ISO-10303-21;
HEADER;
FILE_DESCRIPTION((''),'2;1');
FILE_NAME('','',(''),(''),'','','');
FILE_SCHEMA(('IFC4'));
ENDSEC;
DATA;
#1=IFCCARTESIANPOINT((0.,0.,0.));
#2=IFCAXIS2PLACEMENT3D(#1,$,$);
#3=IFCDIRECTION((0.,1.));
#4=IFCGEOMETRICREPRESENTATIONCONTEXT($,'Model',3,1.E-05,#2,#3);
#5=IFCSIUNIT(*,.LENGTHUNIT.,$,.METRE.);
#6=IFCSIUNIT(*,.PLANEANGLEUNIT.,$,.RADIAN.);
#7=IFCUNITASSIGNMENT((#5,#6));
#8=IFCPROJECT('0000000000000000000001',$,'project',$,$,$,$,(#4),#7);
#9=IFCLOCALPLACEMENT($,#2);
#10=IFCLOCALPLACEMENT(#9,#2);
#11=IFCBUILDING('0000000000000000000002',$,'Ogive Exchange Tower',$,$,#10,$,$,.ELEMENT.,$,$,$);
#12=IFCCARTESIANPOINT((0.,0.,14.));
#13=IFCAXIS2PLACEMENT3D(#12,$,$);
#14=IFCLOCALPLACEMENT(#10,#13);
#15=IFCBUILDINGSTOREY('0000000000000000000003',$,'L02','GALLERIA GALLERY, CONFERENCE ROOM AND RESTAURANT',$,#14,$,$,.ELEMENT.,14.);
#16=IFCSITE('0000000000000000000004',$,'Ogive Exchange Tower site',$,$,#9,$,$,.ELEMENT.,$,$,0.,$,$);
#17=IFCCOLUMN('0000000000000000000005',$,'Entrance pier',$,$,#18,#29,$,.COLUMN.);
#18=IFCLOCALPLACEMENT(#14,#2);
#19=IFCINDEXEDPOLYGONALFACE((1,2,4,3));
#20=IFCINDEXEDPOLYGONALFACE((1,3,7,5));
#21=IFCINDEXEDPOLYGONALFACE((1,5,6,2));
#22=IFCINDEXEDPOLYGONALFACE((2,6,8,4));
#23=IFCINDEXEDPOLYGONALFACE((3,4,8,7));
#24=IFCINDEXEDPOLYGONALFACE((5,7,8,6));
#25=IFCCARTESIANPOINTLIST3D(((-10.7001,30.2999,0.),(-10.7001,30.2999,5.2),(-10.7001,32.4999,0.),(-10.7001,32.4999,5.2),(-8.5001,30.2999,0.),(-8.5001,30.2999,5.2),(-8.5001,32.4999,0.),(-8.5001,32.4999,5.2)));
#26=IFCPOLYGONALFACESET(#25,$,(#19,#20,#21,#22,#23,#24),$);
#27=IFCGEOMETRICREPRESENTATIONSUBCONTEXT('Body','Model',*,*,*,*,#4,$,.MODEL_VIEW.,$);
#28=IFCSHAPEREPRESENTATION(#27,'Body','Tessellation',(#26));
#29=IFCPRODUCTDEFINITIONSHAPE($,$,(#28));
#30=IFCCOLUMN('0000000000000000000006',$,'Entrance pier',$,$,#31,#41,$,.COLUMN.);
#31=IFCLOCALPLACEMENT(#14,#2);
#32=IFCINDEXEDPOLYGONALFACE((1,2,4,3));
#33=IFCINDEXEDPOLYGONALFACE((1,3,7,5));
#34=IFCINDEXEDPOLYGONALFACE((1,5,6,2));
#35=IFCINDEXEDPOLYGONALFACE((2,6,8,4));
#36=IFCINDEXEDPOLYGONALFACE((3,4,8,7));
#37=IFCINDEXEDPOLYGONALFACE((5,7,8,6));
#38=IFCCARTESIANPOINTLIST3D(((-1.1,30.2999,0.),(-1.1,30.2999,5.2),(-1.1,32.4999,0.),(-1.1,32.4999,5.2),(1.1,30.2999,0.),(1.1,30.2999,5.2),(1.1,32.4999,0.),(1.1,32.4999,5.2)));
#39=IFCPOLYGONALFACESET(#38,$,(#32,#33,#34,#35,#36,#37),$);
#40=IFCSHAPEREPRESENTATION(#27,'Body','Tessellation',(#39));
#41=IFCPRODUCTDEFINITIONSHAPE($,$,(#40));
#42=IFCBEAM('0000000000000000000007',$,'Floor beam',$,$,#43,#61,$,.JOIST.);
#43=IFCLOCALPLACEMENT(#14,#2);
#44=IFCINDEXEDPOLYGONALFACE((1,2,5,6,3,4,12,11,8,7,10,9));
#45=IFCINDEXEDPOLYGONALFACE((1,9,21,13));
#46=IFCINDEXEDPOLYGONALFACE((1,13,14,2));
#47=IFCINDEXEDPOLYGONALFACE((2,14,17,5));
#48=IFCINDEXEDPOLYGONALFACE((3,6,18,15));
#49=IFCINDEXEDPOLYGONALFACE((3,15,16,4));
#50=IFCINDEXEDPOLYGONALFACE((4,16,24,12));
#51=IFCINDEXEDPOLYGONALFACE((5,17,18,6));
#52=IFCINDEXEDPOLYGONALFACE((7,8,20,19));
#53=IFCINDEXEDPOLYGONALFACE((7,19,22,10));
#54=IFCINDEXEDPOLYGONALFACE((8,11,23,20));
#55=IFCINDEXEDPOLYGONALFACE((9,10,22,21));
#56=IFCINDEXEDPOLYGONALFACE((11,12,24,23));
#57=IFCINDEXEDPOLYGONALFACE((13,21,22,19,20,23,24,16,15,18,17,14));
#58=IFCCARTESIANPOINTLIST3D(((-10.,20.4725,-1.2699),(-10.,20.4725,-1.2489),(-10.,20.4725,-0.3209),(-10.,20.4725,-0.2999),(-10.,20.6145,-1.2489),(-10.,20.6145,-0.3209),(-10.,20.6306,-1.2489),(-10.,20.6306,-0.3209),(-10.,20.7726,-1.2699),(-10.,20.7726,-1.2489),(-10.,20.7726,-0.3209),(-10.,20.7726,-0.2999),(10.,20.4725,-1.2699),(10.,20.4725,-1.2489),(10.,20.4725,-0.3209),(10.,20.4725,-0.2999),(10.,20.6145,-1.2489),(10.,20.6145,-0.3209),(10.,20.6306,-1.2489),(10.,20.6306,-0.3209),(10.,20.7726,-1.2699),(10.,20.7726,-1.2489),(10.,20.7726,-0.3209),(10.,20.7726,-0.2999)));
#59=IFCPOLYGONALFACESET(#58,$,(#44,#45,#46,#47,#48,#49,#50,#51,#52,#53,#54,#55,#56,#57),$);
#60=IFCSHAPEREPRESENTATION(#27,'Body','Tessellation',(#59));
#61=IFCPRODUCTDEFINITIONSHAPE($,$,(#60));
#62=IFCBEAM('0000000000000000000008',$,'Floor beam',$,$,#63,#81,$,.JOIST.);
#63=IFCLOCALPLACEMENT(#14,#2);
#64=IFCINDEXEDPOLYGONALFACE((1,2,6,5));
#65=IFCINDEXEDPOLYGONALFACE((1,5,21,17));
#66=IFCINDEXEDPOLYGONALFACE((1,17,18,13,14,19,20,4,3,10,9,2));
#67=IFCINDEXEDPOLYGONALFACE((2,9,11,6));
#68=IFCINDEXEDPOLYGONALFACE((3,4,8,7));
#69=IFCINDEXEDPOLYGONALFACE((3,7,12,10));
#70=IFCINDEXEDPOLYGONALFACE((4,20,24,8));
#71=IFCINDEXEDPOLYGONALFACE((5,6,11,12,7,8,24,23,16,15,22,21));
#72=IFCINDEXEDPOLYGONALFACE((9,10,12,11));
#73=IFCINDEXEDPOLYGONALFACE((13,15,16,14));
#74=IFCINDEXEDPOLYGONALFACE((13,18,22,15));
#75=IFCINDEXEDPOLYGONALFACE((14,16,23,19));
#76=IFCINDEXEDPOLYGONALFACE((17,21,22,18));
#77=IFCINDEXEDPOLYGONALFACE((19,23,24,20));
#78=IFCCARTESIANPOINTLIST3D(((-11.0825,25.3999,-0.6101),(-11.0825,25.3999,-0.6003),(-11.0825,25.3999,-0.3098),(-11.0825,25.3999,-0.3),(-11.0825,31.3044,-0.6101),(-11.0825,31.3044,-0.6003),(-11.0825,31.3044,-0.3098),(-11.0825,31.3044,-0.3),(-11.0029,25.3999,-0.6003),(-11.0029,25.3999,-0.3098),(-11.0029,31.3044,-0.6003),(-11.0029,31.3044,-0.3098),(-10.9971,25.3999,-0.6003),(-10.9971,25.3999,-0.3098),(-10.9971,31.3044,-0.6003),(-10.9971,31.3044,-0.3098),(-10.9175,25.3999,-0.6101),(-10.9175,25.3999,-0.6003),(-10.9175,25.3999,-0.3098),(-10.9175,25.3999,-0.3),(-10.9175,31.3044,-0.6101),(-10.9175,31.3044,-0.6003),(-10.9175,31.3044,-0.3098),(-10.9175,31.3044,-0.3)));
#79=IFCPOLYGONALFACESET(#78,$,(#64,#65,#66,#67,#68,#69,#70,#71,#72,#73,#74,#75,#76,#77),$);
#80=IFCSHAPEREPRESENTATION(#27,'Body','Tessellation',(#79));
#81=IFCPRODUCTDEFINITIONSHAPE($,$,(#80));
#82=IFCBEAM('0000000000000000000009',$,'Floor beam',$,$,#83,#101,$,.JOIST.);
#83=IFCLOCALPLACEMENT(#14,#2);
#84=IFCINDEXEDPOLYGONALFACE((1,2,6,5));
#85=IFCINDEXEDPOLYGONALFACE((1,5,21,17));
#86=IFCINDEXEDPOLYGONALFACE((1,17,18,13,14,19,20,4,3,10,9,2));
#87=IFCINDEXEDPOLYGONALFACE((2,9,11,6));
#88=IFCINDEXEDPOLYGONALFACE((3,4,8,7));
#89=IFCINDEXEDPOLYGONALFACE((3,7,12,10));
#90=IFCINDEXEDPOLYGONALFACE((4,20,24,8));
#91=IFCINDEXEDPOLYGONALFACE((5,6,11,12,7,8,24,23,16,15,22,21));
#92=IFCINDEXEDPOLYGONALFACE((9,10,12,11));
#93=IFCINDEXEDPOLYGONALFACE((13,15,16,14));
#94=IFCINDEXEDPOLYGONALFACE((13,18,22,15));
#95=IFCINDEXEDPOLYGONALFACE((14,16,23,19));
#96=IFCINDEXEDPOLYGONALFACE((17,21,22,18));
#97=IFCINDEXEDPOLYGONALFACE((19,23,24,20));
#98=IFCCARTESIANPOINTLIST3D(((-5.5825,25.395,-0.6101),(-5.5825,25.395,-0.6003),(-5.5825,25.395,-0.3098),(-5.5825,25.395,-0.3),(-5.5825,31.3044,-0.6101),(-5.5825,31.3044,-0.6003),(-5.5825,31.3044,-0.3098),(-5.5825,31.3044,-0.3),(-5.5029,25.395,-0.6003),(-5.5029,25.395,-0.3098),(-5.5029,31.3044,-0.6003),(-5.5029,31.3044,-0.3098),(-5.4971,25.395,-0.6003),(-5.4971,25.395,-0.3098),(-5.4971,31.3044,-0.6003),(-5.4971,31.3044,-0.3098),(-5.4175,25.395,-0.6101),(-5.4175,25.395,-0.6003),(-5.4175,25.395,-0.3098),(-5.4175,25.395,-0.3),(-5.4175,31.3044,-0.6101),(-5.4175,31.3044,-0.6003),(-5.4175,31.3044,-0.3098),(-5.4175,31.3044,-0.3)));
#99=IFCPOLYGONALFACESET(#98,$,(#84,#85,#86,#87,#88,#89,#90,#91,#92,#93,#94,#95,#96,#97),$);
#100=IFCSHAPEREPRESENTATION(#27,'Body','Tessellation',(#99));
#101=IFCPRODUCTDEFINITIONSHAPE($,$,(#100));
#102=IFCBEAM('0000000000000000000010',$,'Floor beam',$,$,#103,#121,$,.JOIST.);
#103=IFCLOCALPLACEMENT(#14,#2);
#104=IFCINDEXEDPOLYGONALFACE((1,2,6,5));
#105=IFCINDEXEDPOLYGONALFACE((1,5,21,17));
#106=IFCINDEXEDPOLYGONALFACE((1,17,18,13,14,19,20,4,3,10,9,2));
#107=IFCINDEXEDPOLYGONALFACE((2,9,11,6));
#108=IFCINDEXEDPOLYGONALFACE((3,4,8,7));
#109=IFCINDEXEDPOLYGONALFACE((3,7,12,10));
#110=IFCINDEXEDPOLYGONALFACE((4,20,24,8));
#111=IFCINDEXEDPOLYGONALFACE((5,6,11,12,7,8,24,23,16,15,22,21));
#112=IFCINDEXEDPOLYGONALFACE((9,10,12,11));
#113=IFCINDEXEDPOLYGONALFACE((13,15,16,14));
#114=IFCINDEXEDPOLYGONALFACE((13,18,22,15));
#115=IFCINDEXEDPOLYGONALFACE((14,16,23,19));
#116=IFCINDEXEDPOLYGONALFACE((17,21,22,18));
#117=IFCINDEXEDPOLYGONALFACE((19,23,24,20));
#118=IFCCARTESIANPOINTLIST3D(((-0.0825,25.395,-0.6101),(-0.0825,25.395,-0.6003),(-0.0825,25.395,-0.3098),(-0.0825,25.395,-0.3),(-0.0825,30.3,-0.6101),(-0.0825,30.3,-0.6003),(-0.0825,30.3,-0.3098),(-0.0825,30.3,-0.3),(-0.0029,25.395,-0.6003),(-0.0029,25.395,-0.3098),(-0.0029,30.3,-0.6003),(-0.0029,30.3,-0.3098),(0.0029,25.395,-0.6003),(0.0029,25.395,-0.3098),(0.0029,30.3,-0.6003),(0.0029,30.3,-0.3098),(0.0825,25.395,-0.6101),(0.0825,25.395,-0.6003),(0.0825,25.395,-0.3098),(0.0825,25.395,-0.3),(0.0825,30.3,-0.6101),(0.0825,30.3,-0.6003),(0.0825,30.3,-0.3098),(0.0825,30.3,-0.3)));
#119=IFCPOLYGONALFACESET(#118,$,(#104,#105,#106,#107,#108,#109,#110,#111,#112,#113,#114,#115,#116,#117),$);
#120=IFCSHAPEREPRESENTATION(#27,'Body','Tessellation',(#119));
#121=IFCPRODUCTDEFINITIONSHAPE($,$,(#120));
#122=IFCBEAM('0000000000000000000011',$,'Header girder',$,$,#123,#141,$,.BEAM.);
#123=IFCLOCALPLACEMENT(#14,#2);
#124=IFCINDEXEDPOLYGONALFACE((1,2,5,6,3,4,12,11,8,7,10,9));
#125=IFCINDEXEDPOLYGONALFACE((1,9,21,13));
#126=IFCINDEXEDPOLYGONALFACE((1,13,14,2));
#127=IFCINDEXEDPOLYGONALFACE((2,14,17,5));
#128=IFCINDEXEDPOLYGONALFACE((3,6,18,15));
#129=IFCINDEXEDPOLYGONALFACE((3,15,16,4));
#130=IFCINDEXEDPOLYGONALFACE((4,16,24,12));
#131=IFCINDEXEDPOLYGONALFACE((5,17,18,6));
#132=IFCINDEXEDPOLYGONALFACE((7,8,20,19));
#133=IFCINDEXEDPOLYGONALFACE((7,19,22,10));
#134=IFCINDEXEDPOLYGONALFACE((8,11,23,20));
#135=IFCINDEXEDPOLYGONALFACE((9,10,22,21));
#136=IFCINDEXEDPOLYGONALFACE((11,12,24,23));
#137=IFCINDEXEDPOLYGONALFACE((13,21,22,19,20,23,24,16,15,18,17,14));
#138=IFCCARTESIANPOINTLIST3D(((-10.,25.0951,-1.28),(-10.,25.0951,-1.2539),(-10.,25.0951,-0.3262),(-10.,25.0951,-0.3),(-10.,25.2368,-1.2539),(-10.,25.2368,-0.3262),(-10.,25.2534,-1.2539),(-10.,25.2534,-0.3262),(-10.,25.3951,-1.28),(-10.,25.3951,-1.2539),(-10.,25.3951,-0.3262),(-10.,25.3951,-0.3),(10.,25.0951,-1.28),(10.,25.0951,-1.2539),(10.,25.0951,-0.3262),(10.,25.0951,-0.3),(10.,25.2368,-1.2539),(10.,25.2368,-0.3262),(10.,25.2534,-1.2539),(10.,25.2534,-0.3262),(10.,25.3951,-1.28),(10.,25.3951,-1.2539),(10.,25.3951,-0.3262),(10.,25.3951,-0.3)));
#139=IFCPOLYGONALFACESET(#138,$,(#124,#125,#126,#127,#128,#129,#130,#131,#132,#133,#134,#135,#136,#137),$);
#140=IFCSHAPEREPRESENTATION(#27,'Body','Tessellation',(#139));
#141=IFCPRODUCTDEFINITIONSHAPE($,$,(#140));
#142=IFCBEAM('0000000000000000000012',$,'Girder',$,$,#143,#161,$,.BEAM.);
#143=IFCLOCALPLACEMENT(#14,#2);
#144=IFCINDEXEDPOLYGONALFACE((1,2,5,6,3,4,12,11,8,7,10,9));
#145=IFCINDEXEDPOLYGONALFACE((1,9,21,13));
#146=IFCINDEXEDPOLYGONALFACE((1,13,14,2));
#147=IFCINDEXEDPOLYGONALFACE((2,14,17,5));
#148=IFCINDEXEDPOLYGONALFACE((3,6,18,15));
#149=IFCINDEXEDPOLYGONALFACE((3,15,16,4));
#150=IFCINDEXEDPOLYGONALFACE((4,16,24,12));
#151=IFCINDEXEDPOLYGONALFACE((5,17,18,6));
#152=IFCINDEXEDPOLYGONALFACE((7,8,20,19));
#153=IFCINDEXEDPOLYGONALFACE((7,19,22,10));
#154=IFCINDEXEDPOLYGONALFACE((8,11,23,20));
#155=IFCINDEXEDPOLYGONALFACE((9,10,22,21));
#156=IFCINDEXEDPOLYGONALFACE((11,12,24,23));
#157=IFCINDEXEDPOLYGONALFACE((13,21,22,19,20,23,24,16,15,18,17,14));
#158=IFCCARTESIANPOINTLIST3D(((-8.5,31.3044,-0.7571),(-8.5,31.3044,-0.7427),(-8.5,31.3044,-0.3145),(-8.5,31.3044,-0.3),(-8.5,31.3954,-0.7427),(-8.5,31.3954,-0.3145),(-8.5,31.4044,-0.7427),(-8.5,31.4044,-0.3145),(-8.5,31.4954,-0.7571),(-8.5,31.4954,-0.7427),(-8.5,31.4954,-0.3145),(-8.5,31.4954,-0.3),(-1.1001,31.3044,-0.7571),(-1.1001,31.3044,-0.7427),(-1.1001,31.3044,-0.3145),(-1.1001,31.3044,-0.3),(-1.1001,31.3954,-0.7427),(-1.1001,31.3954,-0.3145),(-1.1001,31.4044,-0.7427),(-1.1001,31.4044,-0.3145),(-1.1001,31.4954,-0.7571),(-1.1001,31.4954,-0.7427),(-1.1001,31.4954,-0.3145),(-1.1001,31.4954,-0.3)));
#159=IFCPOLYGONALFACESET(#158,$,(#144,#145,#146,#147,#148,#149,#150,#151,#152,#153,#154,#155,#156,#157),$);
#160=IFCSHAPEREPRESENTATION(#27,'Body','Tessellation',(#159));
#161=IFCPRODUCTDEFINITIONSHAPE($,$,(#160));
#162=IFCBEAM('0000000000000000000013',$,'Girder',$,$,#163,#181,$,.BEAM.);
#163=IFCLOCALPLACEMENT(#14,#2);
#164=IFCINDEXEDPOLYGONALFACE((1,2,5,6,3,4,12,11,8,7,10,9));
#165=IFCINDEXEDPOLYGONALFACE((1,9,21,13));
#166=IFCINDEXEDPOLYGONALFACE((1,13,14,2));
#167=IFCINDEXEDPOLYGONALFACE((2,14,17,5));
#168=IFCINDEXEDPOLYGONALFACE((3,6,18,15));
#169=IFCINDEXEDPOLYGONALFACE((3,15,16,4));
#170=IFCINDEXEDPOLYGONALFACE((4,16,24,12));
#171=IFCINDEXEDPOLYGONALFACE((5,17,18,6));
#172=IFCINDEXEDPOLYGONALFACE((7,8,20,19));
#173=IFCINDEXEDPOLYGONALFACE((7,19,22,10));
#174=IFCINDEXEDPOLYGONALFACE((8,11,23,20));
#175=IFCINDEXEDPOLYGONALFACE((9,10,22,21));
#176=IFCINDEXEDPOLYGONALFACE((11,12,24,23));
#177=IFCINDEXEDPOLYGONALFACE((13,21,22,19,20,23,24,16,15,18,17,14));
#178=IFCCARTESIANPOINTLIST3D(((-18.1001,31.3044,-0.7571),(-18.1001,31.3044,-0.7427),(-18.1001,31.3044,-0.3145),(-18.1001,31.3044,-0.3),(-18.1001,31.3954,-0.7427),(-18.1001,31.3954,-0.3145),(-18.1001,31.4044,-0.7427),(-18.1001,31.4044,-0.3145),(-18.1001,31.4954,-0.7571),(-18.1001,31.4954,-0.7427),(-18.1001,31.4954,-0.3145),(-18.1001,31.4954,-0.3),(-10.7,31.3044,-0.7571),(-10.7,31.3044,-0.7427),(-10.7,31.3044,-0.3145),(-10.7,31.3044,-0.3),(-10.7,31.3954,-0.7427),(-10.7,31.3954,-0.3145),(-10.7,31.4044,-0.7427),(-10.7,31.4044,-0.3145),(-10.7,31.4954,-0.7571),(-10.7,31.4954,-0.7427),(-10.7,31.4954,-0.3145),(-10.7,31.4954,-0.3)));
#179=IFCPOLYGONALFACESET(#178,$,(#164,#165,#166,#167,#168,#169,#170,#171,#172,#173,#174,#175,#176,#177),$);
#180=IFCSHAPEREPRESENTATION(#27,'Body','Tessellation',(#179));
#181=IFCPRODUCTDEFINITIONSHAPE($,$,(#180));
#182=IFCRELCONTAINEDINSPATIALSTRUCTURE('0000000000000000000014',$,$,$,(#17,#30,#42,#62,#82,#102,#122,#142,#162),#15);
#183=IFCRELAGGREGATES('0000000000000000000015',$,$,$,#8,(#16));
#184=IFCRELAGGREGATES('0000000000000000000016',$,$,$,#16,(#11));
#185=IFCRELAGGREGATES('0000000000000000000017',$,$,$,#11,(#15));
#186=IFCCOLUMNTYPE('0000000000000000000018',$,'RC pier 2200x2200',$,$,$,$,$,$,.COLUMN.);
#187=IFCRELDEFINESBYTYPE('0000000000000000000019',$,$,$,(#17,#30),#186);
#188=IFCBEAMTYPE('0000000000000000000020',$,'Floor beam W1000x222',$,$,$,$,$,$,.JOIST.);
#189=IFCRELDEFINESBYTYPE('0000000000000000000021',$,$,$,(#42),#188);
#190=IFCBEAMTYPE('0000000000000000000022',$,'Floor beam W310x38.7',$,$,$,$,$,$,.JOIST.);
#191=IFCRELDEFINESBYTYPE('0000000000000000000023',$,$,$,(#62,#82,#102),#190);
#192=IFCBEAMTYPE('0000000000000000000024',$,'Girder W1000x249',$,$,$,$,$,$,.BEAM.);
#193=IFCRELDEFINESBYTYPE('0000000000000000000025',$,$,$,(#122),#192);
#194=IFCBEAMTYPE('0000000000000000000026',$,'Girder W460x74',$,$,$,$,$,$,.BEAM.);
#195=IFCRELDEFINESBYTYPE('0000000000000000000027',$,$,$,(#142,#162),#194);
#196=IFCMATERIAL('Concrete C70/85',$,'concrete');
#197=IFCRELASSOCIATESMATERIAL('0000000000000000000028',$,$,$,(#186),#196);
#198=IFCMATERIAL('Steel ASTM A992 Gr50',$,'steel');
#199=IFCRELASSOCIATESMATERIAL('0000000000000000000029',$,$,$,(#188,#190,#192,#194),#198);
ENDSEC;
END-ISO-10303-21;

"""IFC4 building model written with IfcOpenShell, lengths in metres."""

from ifc_helpers import new_model, si_unit, direction, frame, origin, origin_2d, place, context, subcontext, project, spatial, rectangle, i_section, extrude, material, material_profile, profile_set, type_object, element, save


model = new_model("IFC4")

# Units and contexts
model_context = context("Model", 3, precision=1e-05, world=origin(), true_north=direction((0.0, 1.0)))
body_context = subcontext(model_context, "Body", "Model", "MODEL_VIEW")
ifc_project = project(units=[si_unit("LENGTHUNIT", "METRE"), si_unit("PLANEANGLEUNIT", "RADIAN")], contexts=[model_context])

# Site, building, storey
site_placement = place(None, origin())
site = spatial("IfcSite", under=ifc_project, at=site_placement, Name="Ogive Exchange Tower site", CompositionType="ELEMENT", RefElevation=0.0)
building_placement = place(site_placement, origin())
building = spatial("IfcBuilding", under=site, at=building_placement, Name="Ogive Exchange Tower", CompositionType="ELEMENT")
storey_placement = place(building_placement, frame((0.0, 0.0, 14.0)))
storey = spatial("IfcBuildingStorey", under=building, at=storey_placement, Name="L02", Description="GALLERIA GALLERY, CONFERENCE ROOM AND RESTAURANT", CompositionType="ELEMENT", Elevation=14.0)

# Columns
ifc_material_1 = material(Name="Concrete C70/85", Category="concrete")
ifc_material_profile_1 = material_profile(ifc_material_1, rectangle(XDim=2.2, YDim=2.2, at=origin_2d()), Name="RC 2200x2200")
ifc_profile_set_1 = profile_set([ifc_material_profile_1], Name="Concrete C70/85")
column_type = type_object("IfcColumnType", Name="RC pier 2200x2200", PredefinedType="COLUMN", material=ifc_profile_set_1)
for number, where, z_axis, x_axis, name in (
    (1, (-9.6001, 31.3999, 0.0), (0.0, 0.0, 1.0), (1.0, 0.0, 0.0), "Entrance pier"),
    (2, (0.0, 31.3999, 0.0), (0.0, 0.0, 1.0), (1.0, 0.0, 0.0), "Entrance pier"),
):
    element("IfcColumn", number, at=place(storey_placement, frame(where, z_axis=z_axis, x_axis=x_axis)), inside=storey, type_object=column_type, Name=name, PredefinedType="COLUMN", context=body_context, shape_type="SweptSolid", body=[
        extrude(rectangle(XDim=2.2, YDim=2.2, at=origin_2d()), origin(), (0.0, 0.0, 1.0), 5.2),
    ])

# Beams
ifc_material_2 = material(Name="Steel ASTM A992 Gr50", Category="steel")
ifc_material_profile_2 = material_profile(ifc_material_2, i_section(OverallWidth=0.3, OverallDepth=0.97, WebThickness=0.0161, FlangeThickness=0.021, at=origin_2d()), Name="W1000x222")
ifc_profile_set_2 = profile_set([ifc_material_profile_2], Name="Steel ASTM A992 Gr50")
beam_type_1 = type_object("IfcBeamType", Name="Floor beam W1000x222", PredefinedType="JOIST", material=ifc_profile_set_2)
beam_1_placement = place(storey_placement, frame((-10.0, 20.6226, -0.7849), z_axis=(1.0, 0.0, 0.0), x_axis=(0.0, 1.0, 0.0)))
element("IfcBeam", 3, at=beam_1_placement, inside=storey, type_object=beam_type_1, Name="Floor beam", PredefinedType="JOIST", context=body_context, shape_type="SweptSolid", body=[
    extrude(i_section(OverallWidth=0.3, OverallDepth=0.97, WebThickness=0.0161, FlangeThickness=0.021, at=origin_2d()), origin(), (0.0, 0.0, 1.0), 20.0),
])
ifc_material_profile_3 = material_profile(ifc_material_2, i_section(OverallWidth=0.165, OverallDepth=0.3101, WebThickness=0.0059, FlangeThickness=0.0098, at=origin_2d()), Name="W310x38.7")
ifc_profile_set_3 = profile_set([ifc_material_profile_3], Name="Steel ASTM A992 Gr50")
beam_type_2 = type_object("IfcBeamType", Name="Floor beam W310x38.7", PredefinedType="JOIST", material=ifc_profile_set_3)
beam_2_placement = place(storey_placement, frame((-11.0, 25.3999, -0.4551), z_axis=(0.0, 1.0, 0.0), x_axis=(-1.0, 0.0, 0.0)))
element("IfcBeam", 4, at=beam_2_placement, inside=storey, type_object=beam_type_2, Name="Floor beam", PredefinedType="JOIST", context=body_context, shape_type="SweptSolid", body=[
    extrude(i_section(OverallWidth=0.165, OverallDepth=0.3101, WebThickness=0.0059, FlangeThickness=0.0098, at=origin_2d()), origin(), (0.0, 0.0, 1.0), 5.9045),
])
beam_3_placement = place(storey_placement, frame((-5.5, 25.395, -0.4551), z_axis=(0.0, 1.0, 0.0), x_axis=(-1.0, 0.0, 0.0)))
element("IfcBeam", 5, at=beam_3_placement, inside=storey, type_object=beam_type_2, Name="Floor beam", PredefinedType="JOIST", context=body_context, shape_type="SweptSolid", body=[
    extrude(i_section(OverallWidth=0.165, OverallDepth=0.3101, WebThickness=0.0059, FlangeThickness=0.0098, at=origin_2d()), origin(), (0.0, 0.0, 1.0), 5.9094),
])
beam_4_placement = place(storey_placement, frame((0.0, 25.395, -0.4551), z_axis=(0.0, 1.0, 0.0), x_axis=(-1.0, 0.0, 0.0)))
element("IfcBeam", 6, at=beam_4_placement, inside=storey, type_object=beam_type_2, Name="Floor beam", PredefinedType="JOIST", context=body_context, shape_type="SweptSolid", body=[
    extrude(i_section(OverallWidth=0.165, OverallDepth=0.3101, WebThickness=0.0059, FlangeThickness=0.0098, at=origin_2d()), origin(), (0.0, 0.0, 1.0), 4.905),
])
ifc_material_profile_4 = material_profile(ifc_material_2, i_section(OverallWidth=0.3, OverallDepth=0.98, WebThickness=0.0166, FlangeThickness=0.0261, at=origin_2d()), Name="W1000x249")
ifc_profile_set_4 = profile_set([ifc_material_profile_4], Name="Steel ASTM A992 Gr50")
beam_type_3 = type_object("IfcBeamType", Name="Girder W1000x249", PredefinedType="BEAM", material=ifc_profile_set_4)
beam_5_placement = place(storey_placement, frame((-10.0, 25.2451, -0.79), z_axis=(1.0, 0.0, 0.0), x_axis=(0.0, 1.0, 0.0)))
element("IfcBeam", 7, at=beam_5_placement, inside=storey, type_object=beam_type_3, Name="Header girder", PredefinedType="BEAM", context=body_context, shape_type="SweptSolid", body=[
    extrude(i_section(OverallWidth=0.3, OverallDepth=0.98, WebThickness=0.0166, FlangeThickness=0.0261, at=origin_2d()), origin(), (0.0, 0.0, 1.0), 20.0),
])
ifc_material_profile_5 = material_profile(ifc_material_2, i_section(OverallWidth=0.1909, OverallDepth=0.457, WebThickness=0.009, FlangeThickness=0.0144, at=origin_2d()), Name="W460x74")
ifc_profile_set_5 = profile_set([ifc_material_profile_5], Name="Steel ASTM A992 Gr50")
beam_type_4 = type_object("IfcBeamType", Name="Girder W460x74", PredefinedType="BEAM", material=ifc_profile_set_5)
beam_6_placement = place(storey_placement, frame((-1.1001, 31.3999, -0.5286), z_axis=(-1.0, 0.0, 0.0), x_axis=(0.0, -1.0, 0.0)))
element("IfcBeam", 8, at=beam_6_placement, inside=storey, type_object=beam_type_4, Name="Girder", PredefinedType="BEAM", context=body_context, shape_type="SweptSolid", body=[
    extrude(i_section(OverallWidth=0.1909, OverallDepth=0.457, WebThickness=0.009, FlangeThickness=0.0144, at=origin_2d()), origin(), (0.0, 0.0, 1.0), 7.3999),
])
beam_7_placement = place(storey_placement, frame((-10.7, 31.3999, -0.5286), z_axis=(-1.0, 0.0, 0.0), x_axis=(0.0, -1.0, 0.0)))
element("IfcBeam", 9, at=beam_7_placement, inside=storey, type_object=beam_type_4, Name="Girder", PredefinedType="BEAM", context=body_context, shape_type="SweptSolid", body=[
    extrude(i_section(OverallWidth=0.1909, OverallDepth=0.457, WebThickness=0.009, FlangeThickness=0.0144, at=origin_2d()), origin(), (0.0, 0.0, 1.0), 7.4001),
])

save(model, "model.ifc")
